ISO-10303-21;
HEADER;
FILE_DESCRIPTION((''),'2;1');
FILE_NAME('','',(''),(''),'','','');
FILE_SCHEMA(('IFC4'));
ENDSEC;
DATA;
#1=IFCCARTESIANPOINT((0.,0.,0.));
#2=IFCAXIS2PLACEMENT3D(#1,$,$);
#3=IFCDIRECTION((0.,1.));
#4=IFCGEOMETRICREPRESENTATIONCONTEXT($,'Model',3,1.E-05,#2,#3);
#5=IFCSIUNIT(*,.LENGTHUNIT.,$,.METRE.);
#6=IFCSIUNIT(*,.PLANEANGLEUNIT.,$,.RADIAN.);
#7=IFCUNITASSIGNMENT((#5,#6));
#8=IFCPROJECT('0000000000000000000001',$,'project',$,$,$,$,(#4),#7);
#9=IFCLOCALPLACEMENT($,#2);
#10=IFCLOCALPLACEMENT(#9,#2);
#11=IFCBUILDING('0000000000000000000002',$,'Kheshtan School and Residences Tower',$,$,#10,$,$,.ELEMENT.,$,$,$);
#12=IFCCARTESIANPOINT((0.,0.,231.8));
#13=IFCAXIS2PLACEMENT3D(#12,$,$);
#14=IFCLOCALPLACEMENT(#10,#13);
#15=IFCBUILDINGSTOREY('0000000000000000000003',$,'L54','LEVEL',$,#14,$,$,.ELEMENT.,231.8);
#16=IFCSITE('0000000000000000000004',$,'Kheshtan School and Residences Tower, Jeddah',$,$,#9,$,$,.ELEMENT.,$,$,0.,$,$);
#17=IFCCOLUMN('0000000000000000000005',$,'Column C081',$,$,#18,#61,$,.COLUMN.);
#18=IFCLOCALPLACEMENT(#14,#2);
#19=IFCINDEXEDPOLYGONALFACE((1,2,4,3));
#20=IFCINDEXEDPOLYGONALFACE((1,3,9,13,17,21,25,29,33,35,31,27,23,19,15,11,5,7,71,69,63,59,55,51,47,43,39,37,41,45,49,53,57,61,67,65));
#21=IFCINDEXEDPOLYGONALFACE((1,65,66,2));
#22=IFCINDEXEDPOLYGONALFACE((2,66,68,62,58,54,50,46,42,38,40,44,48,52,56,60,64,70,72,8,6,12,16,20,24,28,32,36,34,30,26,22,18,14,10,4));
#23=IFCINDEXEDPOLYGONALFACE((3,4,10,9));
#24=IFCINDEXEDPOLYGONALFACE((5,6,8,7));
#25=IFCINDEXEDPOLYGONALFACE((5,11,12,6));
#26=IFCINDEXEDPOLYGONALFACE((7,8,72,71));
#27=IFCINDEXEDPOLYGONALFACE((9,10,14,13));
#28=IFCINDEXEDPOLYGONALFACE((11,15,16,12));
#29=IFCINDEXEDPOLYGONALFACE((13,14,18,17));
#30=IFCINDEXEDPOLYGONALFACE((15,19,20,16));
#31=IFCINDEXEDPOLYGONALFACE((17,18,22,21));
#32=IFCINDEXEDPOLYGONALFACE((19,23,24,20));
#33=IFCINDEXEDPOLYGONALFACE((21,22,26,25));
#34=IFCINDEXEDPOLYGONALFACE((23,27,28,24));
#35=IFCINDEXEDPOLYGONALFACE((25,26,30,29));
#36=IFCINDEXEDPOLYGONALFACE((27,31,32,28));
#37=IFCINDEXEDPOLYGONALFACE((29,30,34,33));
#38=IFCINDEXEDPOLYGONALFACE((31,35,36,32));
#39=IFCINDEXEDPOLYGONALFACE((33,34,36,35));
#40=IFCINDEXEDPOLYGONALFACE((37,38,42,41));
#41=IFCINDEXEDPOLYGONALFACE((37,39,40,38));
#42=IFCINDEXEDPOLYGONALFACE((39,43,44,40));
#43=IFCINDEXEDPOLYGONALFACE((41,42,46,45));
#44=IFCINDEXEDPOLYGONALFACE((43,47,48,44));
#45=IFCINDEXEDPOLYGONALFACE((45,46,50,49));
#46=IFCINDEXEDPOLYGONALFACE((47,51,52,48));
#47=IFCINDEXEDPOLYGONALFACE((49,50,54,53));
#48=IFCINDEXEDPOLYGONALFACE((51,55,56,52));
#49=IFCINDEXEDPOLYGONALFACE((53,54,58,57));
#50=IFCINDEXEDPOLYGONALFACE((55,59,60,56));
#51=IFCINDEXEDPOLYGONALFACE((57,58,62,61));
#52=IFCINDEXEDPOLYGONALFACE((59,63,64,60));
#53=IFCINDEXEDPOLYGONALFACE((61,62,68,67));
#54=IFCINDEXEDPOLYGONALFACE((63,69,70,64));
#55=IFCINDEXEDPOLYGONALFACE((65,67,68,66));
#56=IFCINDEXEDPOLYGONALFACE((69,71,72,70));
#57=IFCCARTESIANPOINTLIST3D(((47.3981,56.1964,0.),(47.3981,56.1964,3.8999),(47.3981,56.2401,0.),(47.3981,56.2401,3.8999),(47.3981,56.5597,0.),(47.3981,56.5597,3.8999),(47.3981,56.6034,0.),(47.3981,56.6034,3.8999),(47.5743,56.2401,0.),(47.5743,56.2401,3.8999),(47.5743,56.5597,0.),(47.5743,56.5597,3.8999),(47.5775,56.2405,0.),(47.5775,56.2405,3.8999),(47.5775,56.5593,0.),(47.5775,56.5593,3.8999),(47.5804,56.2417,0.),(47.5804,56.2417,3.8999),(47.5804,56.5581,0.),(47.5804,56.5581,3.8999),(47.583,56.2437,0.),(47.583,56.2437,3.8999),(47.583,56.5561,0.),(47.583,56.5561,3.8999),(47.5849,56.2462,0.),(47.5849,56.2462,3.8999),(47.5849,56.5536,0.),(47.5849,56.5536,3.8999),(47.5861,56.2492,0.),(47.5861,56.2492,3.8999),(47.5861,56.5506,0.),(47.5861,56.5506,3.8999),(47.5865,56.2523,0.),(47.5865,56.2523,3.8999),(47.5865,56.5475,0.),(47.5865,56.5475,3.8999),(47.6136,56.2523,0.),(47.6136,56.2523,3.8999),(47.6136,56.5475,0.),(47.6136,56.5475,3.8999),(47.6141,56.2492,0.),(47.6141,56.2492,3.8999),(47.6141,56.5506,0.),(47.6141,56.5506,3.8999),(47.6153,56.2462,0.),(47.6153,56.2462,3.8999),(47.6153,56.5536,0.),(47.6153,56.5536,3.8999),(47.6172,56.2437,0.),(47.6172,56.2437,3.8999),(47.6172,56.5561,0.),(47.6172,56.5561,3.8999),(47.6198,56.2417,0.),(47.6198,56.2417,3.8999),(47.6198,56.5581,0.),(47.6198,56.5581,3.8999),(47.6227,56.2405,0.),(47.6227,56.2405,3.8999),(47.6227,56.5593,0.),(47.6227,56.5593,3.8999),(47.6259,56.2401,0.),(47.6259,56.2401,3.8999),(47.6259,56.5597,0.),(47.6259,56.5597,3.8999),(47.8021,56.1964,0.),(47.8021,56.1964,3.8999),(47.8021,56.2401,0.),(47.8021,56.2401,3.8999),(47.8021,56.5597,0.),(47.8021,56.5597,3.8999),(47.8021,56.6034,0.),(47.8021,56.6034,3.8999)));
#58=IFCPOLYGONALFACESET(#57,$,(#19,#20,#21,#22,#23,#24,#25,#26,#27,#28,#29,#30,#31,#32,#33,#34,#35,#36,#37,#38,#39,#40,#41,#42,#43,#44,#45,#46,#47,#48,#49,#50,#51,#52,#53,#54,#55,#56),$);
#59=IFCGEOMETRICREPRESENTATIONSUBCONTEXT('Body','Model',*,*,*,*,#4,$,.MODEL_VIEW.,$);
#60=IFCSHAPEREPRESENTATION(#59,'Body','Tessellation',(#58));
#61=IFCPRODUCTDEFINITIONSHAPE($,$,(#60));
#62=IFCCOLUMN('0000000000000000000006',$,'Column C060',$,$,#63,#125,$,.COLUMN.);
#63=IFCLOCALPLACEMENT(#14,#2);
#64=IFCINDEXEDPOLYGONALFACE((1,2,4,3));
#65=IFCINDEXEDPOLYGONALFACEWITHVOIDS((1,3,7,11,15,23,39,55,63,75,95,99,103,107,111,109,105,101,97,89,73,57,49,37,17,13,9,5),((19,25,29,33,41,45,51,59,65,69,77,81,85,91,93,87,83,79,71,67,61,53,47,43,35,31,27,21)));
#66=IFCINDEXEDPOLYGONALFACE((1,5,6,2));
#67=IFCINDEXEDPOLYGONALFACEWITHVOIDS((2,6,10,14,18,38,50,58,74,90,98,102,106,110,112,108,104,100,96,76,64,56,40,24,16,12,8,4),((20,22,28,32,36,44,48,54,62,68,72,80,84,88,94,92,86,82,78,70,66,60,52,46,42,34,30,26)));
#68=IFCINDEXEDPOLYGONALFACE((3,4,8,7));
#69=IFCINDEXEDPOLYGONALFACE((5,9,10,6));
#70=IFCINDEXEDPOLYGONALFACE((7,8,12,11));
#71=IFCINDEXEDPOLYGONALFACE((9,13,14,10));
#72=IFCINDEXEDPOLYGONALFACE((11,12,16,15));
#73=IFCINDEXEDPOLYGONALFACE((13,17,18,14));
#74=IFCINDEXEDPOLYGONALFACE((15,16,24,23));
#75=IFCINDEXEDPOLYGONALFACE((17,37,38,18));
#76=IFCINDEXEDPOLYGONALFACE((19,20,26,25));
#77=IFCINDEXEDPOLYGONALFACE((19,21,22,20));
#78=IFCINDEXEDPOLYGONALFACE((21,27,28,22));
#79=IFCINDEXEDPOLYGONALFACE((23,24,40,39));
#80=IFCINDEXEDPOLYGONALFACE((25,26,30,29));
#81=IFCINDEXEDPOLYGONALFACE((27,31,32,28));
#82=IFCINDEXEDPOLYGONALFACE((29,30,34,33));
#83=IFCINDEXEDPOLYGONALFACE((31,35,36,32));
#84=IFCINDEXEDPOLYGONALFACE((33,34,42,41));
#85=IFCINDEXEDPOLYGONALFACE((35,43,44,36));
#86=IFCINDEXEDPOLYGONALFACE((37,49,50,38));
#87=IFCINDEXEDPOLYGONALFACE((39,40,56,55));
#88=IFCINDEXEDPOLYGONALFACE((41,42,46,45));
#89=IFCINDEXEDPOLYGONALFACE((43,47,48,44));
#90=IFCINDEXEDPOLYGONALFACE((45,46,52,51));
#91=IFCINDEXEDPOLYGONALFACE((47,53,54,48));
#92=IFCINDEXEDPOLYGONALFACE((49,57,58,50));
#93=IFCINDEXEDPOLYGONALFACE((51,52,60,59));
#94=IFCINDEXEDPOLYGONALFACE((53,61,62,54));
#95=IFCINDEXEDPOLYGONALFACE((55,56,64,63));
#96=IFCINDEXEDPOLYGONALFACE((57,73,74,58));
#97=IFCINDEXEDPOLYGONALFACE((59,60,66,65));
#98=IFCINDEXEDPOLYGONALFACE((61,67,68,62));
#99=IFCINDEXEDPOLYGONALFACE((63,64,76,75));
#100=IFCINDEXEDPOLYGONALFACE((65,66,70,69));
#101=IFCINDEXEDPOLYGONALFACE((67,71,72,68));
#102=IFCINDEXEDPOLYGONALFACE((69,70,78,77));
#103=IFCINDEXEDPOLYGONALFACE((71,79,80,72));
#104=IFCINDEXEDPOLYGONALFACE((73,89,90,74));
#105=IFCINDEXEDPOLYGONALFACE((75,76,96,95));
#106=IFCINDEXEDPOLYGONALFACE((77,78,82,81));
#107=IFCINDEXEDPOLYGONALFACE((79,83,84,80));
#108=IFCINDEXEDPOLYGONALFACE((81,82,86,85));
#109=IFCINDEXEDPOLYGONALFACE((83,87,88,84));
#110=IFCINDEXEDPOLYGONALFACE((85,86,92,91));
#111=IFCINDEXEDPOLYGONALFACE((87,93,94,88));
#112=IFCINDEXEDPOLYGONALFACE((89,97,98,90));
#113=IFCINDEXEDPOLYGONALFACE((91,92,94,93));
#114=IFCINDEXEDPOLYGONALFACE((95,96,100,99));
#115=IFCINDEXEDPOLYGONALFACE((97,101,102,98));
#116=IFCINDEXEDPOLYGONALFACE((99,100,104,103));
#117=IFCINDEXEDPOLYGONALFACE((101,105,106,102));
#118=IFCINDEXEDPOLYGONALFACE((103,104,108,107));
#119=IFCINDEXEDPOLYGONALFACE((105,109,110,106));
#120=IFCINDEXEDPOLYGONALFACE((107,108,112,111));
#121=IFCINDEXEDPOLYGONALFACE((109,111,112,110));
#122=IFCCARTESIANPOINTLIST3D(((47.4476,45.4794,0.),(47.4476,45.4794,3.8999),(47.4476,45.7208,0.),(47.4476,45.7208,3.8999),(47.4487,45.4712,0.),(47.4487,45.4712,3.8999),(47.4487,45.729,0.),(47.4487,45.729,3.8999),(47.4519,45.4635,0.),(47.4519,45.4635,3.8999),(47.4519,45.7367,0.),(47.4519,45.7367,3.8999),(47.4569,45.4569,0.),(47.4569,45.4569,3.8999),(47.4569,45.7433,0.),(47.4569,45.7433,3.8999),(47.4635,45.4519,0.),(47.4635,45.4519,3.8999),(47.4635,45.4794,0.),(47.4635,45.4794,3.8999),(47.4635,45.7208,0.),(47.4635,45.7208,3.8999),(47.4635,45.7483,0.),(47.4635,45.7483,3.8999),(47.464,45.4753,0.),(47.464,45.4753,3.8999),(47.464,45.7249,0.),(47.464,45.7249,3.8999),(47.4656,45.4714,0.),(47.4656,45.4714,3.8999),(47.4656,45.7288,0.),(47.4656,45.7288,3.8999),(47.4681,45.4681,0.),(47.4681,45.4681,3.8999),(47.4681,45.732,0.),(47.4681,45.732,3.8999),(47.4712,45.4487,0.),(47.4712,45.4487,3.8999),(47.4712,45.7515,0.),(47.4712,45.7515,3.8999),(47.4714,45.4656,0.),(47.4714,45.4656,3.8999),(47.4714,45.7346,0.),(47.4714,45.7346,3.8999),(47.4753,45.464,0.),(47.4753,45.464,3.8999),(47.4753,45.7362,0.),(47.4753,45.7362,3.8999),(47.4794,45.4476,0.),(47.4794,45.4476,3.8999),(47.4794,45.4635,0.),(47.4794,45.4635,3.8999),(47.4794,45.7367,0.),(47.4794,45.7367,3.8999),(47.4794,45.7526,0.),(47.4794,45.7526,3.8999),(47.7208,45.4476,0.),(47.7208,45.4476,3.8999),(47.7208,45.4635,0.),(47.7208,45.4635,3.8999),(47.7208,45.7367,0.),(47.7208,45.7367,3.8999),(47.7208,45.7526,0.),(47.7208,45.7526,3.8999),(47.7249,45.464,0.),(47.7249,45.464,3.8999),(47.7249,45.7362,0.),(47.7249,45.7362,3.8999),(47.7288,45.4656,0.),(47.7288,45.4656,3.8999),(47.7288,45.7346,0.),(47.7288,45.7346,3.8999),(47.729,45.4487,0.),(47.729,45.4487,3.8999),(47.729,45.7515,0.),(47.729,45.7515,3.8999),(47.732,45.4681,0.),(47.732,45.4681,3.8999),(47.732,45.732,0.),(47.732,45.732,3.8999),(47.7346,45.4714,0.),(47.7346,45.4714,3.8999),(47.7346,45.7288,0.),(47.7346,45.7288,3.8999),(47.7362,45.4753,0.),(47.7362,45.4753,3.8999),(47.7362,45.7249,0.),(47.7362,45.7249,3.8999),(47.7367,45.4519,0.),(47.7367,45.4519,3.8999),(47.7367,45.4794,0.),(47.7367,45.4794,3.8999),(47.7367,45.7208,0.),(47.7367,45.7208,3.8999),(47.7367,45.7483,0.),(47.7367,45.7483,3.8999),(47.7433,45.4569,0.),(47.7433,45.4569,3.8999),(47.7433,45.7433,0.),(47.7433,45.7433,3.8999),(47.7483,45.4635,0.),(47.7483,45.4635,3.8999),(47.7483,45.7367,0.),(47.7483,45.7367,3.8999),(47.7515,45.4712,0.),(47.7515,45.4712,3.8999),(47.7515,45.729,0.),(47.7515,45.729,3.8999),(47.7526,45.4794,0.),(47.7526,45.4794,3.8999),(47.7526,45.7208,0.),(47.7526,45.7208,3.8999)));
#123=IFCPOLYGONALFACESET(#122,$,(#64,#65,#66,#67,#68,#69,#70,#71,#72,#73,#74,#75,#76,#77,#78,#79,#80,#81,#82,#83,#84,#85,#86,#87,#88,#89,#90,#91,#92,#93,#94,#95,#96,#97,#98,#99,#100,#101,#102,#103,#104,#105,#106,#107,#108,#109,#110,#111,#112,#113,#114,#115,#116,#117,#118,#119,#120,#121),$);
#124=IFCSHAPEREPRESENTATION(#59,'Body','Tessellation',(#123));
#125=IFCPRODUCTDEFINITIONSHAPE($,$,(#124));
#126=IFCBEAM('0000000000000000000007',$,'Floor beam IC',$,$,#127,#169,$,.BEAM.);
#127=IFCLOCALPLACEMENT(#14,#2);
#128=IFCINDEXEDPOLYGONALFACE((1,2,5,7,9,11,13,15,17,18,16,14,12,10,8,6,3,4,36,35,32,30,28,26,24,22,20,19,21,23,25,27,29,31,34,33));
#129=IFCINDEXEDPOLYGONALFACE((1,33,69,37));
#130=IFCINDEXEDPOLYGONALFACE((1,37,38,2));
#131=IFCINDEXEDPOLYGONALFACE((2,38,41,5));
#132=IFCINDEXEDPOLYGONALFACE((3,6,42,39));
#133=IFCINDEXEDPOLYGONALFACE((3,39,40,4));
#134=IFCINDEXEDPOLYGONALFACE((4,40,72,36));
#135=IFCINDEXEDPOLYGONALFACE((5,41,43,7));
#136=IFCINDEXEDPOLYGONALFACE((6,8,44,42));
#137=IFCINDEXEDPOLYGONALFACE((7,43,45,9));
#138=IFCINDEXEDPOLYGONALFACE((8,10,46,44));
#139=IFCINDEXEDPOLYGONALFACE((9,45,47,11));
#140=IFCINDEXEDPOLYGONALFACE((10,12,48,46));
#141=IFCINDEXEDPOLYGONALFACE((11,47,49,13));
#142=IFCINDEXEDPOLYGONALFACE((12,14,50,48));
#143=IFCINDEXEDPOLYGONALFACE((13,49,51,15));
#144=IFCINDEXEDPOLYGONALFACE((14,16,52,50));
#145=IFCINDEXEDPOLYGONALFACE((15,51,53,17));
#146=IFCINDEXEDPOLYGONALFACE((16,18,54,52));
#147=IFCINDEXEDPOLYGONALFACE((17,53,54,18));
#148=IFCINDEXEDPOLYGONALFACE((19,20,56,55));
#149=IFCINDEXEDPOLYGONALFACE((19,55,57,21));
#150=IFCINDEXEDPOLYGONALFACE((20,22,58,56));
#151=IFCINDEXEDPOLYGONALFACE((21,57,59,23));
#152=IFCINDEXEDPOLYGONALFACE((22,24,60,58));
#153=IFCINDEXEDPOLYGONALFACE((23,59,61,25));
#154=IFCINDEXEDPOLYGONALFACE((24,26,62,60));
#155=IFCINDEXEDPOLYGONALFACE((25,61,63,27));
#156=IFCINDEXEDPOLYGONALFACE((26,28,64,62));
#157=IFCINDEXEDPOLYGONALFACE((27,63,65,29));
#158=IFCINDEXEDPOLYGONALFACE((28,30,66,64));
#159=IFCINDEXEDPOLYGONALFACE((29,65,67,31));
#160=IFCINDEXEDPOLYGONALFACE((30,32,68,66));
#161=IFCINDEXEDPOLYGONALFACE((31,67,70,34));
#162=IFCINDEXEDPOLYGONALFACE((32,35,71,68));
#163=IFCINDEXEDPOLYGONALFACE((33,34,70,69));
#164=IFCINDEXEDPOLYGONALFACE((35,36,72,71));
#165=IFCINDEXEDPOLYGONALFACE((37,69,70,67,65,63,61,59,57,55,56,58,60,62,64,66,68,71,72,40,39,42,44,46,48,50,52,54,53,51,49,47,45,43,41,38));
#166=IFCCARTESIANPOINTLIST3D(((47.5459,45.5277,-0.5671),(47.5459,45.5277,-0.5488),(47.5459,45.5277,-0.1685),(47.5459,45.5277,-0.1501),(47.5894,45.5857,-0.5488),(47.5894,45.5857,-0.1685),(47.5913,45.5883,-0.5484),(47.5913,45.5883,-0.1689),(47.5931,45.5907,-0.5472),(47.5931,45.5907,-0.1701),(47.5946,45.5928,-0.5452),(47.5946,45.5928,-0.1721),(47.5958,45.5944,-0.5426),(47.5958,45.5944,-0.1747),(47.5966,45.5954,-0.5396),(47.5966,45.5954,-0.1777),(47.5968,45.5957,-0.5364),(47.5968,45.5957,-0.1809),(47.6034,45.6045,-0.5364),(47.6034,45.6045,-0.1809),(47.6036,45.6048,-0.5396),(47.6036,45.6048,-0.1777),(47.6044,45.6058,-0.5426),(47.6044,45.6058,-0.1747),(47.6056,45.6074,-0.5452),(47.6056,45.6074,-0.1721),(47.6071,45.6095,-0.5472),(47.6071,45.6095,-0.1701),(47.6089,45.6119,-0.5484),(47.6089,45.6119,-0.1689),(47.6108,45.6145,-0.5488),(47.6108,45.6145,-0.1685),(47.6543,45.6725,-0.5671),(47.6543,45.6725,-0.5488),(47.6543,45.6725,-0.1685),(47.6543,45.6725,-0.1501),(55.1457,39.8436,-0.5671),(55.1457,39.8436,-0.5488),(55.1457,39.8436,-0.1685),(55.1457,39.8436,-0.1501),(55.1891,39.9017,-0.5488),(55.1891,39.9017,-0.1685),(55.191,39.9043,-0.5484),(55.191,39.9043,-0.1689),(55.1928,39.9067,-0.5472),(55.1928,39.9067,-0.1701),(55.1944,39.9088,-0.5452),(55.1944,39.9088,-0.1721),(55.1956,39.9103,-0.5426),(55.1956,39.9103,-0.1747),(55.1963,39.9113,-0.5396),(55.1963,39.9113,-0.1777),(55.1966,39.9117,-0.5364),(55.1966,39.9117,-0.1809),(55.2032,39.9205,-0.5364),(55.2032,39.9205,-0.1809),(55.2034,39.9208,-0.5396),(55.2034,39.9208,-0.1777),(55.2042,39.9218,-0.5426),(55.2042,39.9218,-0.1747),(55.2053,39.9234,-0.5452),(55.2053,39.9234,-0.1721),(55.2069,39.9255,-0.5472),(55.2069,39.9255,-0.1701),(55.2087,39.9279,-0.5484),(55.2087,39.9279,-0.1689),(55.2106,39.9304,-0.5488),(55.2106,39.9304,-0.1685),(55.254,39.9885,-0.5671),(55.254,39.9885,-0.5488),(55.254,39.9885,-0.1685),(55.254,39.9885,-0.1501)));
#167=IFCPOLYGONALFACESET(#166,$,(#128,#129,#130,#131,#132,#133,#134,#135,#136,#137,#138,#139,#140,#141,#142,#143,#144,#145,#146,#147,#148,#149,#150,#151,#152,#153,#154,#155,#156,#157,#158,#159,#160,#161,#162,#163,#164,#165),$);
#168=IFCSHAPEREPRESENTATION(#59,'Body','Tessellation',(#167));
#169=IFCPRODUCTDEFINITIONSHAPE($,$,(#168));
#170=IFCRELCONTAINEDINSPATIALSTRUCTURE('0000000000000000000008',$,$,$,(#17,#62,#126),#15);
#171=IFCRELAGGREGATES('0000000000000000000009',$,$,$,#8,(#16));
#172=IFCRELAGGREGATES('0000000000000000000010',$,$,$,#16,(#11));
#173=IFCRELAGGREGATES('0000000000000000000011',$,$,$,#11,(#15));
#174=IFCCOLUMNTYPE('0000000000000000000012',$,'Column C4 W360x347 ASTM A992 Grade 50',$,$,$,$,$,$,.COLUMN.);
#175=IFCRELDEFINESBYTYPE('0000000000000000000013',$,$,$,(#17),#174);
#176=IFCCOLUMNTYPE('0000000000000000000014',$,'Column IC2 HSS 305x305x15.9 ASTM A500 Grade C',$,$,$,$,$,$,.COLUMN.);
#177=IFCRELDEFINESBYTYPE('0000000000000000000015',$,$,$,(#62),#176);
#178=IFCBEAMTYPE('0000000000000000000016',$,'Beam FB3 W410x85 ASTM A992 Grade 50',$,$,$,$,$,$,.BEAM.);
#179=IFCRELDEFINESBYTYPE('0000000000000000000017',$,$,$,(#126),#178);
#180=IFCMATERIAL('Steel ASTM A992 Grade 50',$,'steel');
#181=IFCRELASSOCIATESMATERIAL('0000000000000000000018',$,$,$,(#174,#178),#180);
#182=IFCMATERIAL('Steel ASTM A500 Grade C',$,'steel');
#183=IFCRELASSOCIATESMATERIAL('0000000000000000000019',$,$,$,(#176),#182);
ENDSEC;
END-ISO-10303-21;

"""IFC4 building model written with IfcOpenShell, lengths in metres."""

from ifc_helpers import new_model, si_unit, direction, frame, origin, origin_2d, place, context, subcontext, project, spatial, hollow_rectangle, i_section, extrude, material, material_profile, profile_set, type_object, element, save


model = new_model("IFC4")

# Units and contexts
model_context = context("Model", 3, precision=1e-05, world=origin(), true_north=direction((0.0, 1.0)))
body_context = subcontext(model_context, "Body", "Model", "MODEL_VIEW")
ifc_project = project(units=[si_unit("LENGTHUNIT", "METRE"), si_unit("PLANEANGLEUNIT", "RADIAN")], contexts=[model_context])

# Site, building, storey
site_placement = place(None, origin())
site = spatial("IfcSite", under=ifc_project, at=site_placement, Name="Kheshtan School and Residences Tower, Jeddah", CompositionType="ELEMENT", RefElevation=0.0)
building_placement = place(site_placement, origin())
building = spatial("IfcBuilding", under=site, at=building_placement, Name="Kheshtan School and Residences Tower", CompositionType="ELEMENT")
storey_placement = place(building_placement, frame((0.0, 0.0, 231.8)))
storey = spatial("IfcBuildingStorey", under=building, at=storey_placement, Name="L54", Description="LEVEL", CompositionType="ELEMENT", Elevation=231.8)

# Columns
ifc_material_1 = material(Name="Steel ASTM A992 Grade 50", Category="steel")
ifc_material_profile_1 = material_profile(ifc_material_1, i_section(OverallWidth=0.4041, OverallDepth=0.407, WebThickness=0.0271, FlangeThickness=0.0437, FilletRadius=0.0122, at=origin_2d()), Name="W360x347")
ifc_profile_set_1 = profile_set([ifc_material_profile_1], Name="Steel ASTM A992 Grade 50")
column_type_1 = type_object("IfcColumnType", Name="Column C4 W360x347 ASTM A992 Grade 50", PredefinedType="COLUMN", material=ifc_profile_set_1)
for number, where, z_axis, x_axis, name in (
    (1, (47.6001, 56.3999, 0.0), (0.0, 0.0, 1.0), (1.0, 0.0, 0.0), "Column C081"),
):
    element("IfcColumn", number, at=place(storey_placement, frame(where, z_axis=z_axis, x_axis=x_axis)), inside=storey, type_object=column_type_1, Name=name, PredefinedType="COLUMN", context=body_context, shape_type="SweptSolid", body=[
        extrude(i_section(OverallWidth=0.4041, OverallDepth=0.407, WebThickness=0.0271, FlangeThickness=0.0437, FilletRadius=0.0122, at=origin_2d()), origin(), (0.0, 0.0, 1.0), 3.8999),
    ])
ifc_material_2 = material(Name="Steel ASTM A500 Grade C", Category="steel")
ifc_material_profile_2 = material_profile(ifc_material_2, hollow_rectangle(XDim=0.3049, YDim=0.3049, WallThickness=0.0159, InnerFilletRadius=0.0159, OuterFilletRadius=0.0317, at=origin_2d()), Name="HSS 305x305x15.9")
ifc_profile_set_2 = profile_set([ifc_material_profile_2], Name="Steel ASTM A500 Grade C")
column_type_2 = type_object("IfcColumnType", Name="Column IC2 HSS 305x305x15.9 ASTM A500 Grade C", PredefinedType="COLUMN", material=ifc_profile_set_2)
column_placement = place(storey_placement, frame((47.6001, 45.6001, 0.0), z_axis=(0.0, 0.0, 1.0), x_axis=(1.0, 0.0, 0.0)))
element("IfcColumn", 2, at=column_placement, inside=storey, type_object=column_type_2, Name="Column C060", PredefinedType="COLUMN", context=body_context, shape_type="SweptSolid", body=[
    extrude(hollow_rectangle(XDim=0.3049, YDim=0.3049, WallThickness=0.0159, InnerFilletRadius=0.0159, OuterFilletRadius=0.0317, at=origin_2d()), origin(), (0.0, 0.0, 1.0), 3.8999),
])

# Beam
ifc_material_profile_3 = material_profile(ifc_material_1, i_section(OverallWidth=0.1809, OverallDepth=0.417, WebThickness=0.011, FlangeThickness=0.0183, FilletRadius=0.0125, at=origin_2d()), Name="W410x85")
ifc_profile_set_3 = profile_set([ifc_material_profile_3], Name="Steel ASTM A992 Grade 50")
beam_type_1 = type_object("IfcBeamType", Name="Beam FB3 W410x85 ASTM A992 Grade 50", PredefinedType="BEAM", material=ifc_profile_set_3)
beam_1_placement = place(storey_placement, frame((47.6001, 45.6001, -0.3586), z_axis=(0.800799, -0.598933, 0.0), x_axis=(0.598933, 0.800799, 0.0)))
element("IfcBeam", 3, at=beam_1_placement, inside=storey, type_object=beam_type_1, Name="Floor beam IC", PredefinedType="BEAM", context=body_context, shape_type="SweptSolid", body=[
    extrude(i_section(OverallWidth=0.1809, OverallDepth=0.417, WebThickness=0.011, FlangeThickness=0.0183, FilletRadius=0.0125, at=origin_2d()), origin(), (0.0, 0.0, 1.0), 9.4902),
])

save(model, "model.ifc")
